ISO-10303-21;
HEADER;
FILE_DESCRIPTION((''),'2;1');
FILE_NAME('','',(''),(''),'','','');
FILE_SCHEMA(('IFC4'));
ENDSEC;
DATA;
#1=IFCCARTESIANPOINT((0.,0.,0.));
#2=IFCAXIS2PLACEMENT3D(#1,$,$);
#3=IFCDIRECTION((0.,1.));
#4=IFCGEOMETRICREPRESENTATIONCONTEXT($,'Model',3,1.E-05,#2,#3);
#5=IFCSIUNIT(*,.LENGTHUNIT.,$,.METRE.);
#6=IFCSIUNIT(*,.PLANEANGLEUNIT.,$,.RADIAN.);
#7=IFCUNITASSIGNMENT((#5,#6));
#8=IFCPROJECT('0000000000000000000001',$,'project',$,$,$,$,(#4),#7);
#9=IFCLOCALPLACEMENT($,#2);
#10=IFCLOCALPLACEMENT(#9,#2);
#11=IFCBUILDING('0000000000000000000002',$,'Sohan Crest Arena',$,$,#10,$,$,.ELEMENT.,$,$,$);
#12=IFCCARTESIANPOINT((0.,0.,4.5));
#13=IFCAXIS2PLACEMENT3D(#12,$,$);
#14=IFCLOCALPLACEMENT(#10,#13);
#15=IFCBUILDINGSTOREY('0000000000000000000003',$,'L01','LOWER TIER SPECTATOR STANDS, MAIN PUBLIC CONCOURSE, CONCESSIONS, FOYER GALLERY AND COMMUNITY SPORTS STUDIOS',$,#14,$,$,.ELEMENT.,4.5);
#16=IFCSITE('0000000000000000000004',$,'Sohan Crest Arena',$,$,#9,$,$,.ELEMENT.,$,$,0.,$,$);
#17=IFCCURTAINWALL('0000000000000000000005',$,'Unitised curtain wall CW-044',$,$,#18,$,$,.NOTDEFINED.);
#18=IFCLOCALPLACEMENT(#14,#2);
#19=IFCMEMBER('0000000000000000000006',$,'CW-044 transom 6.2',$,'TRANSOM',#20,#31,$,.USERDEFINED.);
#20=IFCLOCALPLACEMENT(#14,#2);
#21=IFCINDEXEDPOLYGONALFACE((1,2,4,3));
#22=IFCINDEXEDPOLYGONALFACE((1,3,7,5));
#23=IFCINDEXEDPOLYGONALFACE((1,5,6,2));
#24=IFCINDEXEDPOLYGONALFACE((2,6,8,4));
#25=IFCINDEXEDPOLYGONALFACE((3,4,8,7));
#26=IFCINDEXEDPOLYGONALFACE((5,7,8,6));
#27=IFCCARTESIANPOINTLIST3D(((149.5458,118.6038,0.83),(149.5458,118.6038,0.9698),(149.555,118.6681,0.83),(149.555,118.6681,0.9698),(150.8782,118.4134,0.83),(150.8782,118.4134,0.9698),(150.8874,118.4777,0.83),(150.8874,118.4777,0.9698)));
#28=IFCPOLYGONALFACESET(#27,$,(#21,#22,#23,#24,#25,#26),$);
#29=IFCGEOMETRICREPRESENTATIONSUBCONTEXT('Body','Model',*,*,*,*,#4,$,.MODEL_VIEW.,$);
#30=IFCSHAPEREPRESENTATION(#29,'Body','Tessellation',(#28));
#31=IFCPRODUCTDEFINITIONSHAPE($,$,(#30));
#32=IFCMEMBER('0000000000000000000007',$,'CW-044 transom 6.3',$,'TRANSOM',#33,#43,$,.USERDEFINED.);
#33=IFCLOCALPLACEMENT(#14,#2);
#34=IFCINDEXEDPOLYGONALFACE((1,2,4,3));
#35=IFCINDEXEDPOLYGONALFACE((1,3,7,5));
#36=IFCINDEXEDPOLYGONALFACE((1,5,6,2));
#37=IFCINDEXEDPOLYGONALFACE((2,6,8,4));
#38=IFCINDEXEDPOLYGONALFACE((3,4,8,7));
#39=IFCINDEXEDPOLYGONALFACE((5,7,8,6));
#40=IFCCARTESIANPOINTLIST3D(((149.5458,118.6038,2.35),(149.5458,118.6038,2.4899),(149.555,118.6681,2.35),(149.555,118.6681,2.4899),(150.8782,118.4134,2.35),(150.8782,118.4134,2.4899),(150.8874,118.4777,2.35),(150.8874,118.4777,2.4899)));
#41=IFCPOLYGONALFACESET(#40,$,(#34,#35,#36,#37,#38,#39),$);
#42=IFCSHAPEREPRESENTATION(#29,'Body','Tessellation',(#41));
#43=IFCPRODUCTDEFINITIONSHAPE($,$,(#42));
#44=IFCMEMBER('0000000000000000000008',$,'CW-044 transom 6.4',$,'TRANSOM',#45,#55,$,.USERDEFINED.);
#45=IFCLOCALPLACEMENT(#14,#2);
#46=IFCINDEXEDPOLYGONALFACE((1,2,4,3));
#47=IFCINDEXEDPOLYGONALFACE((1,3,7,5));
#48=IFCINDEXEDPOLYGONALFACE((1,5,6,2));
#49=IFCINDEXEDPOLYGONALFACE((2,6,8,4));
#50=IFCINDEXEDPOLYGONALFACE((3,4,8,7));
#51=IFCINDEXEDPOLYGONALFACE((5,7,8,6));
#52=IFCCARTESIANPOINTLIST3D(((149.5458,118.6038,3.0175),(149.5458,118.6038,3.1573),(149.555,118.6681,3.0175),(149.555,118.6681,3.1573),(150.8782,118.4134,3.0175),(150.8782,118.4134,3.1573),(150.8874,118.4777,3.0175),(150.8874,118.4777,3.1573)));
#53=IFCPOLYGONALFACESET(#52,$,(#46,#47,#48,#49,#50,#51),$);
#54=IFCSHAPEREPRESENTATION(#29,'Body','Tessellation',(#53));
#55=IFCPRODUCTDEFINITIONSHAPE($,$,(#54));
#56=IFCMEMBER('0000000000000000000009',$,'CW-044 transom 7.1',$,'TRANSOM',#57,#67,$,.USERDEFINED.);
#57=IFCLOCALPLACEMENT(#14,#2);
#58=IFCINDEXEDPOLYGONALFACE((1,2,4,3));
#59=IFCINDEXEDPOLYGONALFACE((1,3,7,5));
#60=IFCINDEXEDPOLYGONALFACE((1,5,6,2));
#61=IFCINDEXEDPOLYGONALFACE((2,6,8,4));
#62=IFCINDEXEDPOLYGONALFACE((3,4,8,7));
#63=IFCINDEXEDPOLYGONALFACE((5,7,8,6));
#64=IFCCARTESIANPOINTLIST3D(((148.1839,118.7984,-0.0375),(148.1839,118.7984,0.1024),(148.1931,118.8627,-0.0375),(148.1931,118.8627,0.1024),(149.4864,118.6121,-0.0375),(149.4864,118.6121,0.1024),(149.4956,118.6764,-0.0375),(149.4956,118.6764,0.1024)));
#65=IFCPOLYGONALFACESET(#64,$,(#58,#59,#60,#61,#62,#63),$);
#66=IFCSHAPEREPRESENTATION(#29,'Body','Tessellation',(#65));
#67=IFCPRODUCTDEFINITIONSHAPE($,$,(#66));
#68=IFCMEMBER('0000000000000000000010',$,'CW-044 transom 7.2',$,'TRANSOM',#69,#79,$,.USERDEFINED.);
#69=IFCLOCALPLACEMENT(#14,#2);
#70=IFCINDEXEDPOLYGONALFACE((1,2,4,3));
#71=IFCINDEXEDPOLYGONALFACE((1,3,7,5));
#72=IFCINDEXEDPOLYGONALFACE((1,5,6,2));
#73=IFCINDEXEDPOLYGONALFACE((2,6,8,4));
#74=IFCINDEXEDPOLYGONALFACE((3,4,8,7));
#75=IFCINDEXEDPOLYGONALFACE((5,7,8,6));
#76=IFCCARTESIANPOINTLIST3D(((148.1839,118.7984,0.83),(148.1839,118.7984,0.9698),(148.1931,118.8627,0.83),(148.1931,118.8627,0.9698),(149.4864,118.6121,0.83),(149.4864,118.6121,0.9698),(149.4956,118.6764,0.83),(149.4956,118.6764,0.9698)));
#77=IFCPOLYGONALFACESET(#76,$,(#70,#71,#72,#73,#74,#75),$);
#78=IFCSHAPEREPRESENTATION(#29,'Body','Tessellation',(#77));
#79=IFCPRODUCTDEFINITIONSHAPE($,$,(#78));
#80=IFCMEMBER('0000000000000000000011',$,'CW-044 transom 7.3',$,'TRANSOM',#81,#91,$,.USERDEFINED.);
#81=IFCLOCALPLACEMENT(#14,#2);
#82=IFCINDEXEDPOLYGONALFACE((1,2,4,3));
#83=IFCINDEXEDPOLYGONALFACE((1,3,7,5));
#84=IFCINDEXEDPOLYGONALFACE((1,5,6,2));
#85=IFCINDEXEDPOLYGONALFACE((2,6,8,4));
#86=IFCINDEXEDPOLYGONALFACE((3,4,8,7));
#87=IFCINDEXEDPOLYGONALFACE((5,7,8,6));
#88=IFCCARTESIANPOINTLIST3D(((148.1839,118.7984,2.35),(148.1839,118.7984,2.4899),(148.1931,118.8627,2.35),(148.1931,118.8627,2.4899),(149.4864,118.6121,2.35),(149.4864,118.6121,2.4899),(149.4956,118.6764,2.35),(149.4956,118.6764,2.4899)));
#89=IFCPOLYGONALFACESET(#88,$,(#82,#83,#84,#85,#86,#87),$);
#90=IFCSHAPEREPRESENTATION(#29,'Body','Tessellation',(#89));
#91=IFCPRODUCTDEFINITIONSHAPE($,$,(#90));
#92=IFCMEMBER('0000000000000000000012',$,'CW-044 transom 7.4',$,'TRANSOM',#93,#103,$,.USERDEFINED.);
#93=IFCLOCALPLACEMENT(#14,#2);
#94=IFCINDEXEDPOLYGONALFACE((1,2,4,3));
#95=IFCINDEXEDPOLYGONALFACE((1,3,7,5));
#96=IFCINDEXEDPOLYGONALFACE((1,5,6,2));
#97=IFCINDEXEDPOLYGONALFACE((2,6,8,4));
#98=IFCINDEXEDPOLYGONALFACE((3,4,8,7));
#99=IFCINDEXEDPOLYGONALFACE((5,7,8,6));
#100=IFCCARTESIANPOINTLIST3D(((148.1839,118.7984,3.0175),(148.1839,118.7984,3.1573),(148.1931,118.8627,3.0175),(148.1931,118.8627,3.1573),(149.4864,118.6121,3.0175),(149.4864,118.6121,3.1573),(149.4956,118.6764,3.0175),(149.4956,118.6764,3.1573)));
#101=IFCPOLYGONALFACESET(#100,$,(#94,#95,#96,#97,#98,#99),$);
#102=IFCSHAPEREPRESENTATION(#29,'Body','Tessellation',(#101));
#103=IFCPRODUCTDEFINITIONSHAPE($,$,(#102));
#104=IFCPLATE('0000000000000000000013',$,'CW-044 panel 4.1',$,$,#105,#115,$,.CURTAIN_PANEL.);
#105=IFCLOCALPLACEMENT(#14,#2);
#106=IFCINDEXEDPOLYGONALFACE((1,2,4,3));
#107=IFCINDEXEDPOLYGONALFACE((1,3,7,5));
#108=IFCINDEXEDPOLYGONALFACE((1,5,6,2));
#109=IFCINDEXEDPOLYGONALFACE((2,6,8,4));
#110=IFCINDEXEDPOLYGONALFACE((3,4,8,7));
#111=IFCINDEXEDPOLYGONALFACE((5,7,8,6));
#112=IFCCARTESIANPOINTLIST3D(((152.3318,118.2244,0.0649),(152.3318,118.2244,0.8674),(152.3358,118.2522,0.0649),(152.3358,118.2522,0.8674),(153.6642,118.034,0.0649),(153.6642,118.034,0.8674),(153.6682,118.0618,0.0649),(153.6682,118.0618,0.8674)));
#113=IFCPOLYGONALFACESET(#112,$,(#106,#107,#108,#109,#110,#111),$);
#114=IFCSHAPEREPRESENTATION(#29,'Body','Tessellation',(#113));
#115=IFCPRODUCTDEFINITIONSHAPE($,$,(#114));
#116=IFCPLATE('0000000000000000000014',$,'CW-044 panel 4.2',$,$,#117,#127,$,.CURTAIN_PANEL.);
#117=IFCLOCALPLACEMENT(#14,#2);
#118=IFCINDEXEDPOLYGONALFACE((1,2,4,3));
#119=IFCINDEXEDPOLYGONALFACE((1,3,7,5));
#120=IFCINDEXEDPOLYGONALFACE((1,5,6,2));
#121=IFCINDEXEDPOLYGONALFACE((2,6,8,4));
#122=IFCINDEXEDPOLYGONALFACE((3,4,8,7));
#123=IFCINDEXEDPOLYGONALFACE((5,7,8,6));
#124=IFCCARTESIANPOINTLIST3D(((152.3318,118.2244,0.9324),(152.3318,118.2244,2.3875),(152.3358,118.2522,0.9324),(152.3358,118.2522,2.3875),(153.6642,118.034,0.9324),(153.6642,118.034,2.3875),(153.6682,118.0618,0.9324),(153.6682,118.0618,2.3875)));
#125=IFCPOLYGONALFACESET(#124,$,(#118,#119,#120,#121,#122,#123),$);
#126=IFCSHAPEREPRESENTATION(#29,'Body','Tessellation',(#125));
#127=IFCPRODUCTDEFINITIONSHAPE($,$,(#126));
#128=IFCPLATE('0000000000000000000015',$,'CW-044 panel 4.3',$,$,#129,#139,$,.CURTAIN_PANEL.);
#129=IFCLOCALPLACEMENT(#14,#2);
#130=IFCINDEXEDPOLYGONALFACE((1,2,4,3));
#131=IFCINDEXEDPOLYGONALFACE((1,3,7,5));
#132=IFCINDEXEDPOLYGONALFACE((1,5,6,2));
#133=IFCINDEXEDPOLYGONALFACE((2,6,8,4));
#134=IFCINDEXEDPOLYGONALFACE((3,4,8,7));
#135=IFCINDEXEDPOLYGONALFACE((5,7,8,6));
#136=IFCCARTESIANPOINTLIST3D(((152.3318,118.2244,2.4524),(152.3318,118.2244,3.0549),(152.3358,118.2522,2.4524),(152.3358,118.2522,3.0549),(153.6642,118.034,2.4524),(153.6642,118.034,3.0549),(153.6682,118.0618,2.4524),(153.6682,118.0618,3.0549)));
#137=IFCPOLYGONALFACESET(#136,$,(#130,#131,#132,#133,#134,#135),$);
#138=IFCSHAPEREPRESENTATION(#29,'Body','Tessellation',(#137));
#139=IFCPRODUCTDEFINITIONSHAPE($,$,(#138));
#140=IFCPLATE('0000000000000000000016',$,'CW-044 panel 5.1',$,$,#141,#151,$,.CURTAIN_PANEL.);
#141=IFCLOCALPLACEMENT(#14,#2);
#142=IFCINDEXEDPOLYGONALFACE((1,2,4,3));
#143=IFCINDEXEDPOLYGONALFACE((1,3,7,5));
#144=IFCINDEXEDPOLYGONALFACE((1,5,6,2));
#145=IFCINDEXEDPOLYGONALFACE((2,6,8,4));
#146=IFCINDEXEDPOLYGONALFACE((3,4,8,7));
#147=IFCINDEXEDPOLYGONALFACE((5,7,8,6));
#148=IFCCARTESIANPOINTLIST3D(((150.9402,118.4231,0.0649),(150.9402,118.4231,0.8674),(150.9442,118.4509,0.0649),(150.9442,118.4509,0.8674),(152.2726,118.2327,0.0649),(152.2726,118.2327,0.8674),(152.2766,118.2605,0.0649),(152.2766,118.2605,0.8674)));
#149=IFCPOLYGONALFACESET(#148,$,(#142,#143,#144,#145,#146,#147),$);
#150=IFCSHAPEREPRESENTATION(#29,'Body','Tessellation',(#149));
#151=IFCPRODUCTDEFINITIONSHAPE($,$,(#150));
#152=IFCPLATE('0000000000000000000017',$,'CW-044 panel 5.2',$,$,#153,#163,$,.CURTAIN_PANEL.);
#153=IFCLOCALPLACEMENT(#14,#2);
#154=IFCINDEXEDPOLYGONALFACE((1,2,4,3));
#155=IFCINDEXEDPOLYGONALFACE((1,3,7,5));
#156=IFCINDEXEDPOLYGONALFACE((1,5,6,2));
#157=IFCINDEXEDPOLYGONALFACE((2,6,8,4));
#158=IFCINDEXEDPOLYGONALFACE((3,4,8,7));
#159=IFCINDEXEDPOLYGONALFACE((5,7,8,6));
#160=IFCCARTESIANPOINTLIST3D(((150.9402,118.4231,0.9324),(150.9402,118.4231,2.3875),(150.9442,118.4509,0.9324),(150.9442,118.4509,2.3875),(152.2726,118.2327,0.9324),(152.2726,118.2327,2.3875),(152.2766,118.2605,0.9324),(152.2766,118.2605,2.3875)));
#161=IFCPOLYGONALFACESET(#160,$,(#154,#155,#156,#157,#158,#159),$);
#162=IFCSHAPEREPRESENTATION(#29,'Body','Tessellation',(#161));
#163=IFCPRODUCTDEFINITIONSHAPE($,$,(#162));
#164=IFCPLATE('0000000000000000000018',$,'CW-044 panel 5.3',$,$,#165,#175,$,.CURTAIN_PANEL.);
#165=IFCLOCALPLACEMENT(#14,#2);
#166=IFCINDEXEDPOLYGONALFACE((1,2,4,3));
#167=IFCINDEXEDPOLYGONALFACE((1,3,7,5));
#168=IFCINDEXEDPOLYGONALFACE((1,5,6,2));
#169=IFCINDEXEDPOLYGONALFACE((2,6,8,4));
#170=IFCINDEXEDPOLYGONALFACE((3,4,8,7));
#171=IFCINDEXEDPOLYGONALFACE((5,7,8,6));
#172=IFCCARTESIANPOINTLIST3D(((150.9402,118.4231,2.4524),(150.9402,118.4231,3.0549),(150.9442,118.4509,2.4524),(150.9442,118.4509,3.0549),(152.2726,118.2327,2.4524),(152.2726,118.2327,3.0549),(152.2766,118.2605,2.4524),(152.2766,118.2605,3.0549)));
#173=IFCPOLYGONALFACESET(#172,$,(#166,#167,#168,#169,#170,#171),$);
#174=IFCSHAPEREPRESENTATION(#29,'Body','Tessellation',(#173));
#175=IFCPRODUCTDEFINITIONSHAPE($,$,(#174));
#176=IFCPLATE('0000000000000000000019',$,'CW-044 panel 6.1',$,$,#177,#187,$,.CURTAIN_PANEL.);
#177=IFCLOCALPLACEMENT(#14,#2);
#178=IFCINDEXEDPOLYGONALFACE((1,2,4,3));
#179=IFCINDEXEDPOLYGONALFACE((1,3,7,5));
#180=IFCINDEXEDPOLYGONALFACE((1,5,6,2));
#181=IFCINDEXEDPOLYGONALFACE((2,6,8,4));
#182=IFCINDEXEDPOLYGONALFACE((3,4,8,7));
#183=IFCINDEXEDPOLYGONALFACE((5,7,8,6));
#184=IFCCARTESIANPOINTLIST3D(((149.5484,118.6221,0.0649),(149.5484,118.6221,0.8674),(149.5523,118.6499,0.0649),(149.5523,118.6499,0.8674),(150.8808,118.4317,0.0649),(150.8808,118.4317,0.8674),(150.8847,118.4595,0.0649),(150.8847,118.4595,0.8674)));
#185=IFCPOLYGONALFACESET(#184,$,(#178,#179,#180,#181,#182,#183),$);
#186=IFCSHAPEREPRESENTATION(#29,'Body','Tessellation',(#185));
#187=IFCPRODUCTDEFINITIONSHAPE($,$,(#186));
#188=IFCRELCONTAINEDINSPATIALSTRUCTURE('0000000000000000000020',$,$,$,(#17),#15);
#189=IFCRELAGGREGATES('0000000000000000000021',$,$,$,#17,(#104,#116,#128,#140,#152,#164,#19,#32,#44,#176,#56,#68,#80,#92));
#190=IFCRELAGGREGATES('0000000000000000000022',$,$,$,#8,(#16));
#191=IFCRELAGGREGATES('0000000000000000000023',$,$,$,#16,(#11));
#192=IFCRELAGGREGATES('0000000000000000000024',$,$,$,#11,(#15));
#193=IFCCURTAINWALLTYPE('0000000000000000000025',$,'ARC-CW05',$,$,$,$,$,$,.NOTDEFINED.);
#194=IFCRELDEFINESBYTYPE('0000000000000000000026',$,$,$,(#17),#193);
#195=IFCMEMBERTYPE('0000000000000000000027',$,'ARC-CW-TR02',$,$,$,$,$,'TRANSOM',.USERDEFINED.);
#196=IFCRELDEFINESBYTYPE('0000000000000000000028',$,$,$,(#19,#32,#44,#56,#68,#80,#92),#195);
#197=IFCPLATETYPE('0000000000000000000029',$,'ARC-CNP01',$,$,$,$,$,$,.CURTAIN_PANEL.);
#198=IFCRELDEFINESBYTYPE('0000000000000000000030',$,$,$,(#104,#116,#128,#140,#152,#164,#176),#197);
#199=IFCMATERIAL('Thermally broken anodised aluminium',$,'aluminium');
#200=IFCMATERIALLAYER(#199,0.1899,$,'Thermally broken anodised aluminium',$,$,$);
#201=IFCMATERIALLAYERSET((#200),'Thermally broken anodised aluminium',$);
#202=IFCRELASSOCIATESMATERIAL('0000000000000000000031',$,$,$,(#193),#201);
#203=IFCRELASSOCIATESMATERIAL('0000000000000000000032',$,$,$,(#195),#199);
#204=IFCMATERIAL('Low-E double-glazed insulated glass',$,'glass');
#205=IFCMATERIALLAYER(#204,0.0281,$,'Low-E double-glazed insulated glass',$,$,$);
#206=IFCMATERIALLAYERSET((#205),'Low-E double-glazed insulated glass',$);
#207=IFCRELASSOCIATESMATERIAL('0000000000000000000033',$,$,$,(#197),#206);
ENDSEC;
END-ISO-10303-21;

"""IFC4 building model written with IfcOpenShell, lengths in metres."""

from ifc_helpers import new_model, si_unit, direction, frame, origin, origin_2d, place, context, subcontext, project, spatial, rectangle, extrude, material, layer, layer_set, material_profile, profile_set, type_object, element, aggregate, save


model = new_model("IFC4")

# Units and contexts
model_context = context("Model", 3, precision=1e-05, world=origin(), true_north=direction((0.0, 1.0)))
body_context = subcontext(model_context, "Body", "Model", "MODEL_VIEW")
ifc_project = project(units=[si_unit("LENGTHUNIT", "METRE"), si_unit("PLANEANGLEUNIT", "RADIAN")], contexts=[model_context])

# Site, building, storey
site_placement = place(None, origin())
site = spatial("IfcSite", under=ifc_project, at=site_placement, Name="Sohan Crest Arena", CompositionType="ELEMENT", RefElevation=0.0)
building_placement = place(site_placement, origin())
building = spatial("IfcBuilding", under=site, at=building_placement, Name="Sohan Crest Arena", CompositionType="ELEMENT")
storey_placement = place(building_placement, frame((0.0, 0.0, 4.5)))
storey = spatial("IfcBuildingStorey", under=building, at=storey_placement, Name="L01", Description="LOWER TIER SPECTATOR STANDS, MAIN PUBLIC CONCOURSE, CONCESSIONS, FOYER GALLERY AND COMMUNITY SPORTS STUDIOS", CompositionType="ELEMENT", Elevation=4.5)

# Curtain wall, members, plates
ifc_material_1 = material(Name="Thermally broken anodised aluminium", Category="aluminium")
ifc_layer_1 = layer(ifc_material_1, 0.1899, Name="Thermally broken anodised aluminium")
ifc_layer_set_1 = layer_set([ifc_layer_1], Name="Thermally broken anodised aluminium")
curtain_wall_type = type_object("IfcCurtainWallType", Name="ARC-CW05", PredefinedType="NOTDEFINED", material=ifc_layer_set_1)
curtain_wall_placement = place(storey_placement, origin())
curtain_wall = element("IfcCurtainWall", 1, at=curtain_wall_placement, inside=storey, type_object=curtain_wall_type, Name="Unitised curtain wall CW-044", PredefinedType="NOTDEFINED")
ifc_material_profile_1 = material_profile(ifc_material_1, rectangle(XDim=0.0649, YDim=0.1399, at=origin_2d()), Name="ALU-TRAN 65x140")
ifc_profile_set_1 = profile_set([ifc_material_profile_1], Name="Thermally broken anodised aluminium")
member_type_1 = type_object("IfcMemberType", Name="ARC-CW-TR02", ElementType="TRANSOM", PredefinedType="USERDEFINED", material=ifc_profile_set_1)
member_1_placement = place(storey_placement, frame((150.8828, 118.4456, 0.8999), z_axis=(-0.989942, 0.141472, 0.0), x_axis=(-0.141472, -0.989942, 0.0)))
member_1 = element("IfcMember", 2, at=member_1_placement, type_object=member_type_1, Name="CW-044 transom 6.2", ObjectType="TRANSOM", PredefinedType="USERDEFINED", context=body_context, shape_type="SweptSolid", body=[
    extrude(rectangle(XDim=0.0649, YDim=0.1399, at=origin_2d()), origin(), (0.0, 0.0, 1.0), 1.3459),
])
member_2_placement = place(storey_placement, frame((150.8828, 118.4456, 2.4199), z_axis=(-0.989942, 0.141472, 0.0), x_axis=(-0.141472, -0.989942, 0.0)))
member_2 = element("IfcMember", 3, at=member_2_placement, type_object=member_type_1, Name="CW-044 transom 6.3", ObjectType="TRANSOM", PredefinedType="USERDEFINED", context=body_context, shape_type="SweptSolid", body=[
    extrude(rectangle(XDim=0.0649, YDim=0.1399, at=origin_2d()), origin(), (0.0, 0.0, 1.0), 1.3459),
])
member_3_placement = place(storey_placement, frame((150.8828, 118.4456, 3.0874), z_axis=(-0.989942, 0.141472, 0.0), x_axis=(-0.141472, -0.989942, 0.0)))
member_3 = element("IfcMember", 4, at=member_3_placement, type_object=member_type_1, Name="CW-044 transom 6.4", ObjectType="TRANSOM", PredefinedType="USERDEFINED", context=body_context, shape_type="SweptSolid", body=[
    extrude(rectangle(XDim=0.0649, YDim=0.1399, at=origin_2d()), origin(), (0.0, 0.0, 1.0), 1.3459),
])
member_4_placement = place(storey_placement, frame((149.491, 118.6443, 0.0325), z_axis=(-0.989927, 0.141577, 0.0), x_axis=(-0.141577, -0.989927, 0.0)))
member_4 = element("IfcMember", 5, at=member_4_placement, type_object=member_type_1, Name="CW-044 transom 7.1", ObjectType="TRANSOM", PredefinedType="USERDEFINED", context=body_context, shape_type="SweptSolid", body=[
    extrude(rectangle(XDim=0.0649, YDim=0.1399, at=origin_2d()), origin(), (0.0, 0.0, 1.0), 1.3157),
])
member_5_placement = place(storey_placement, frame((149.491, 118.6443, 0.8999), z_axis=(-0.989927, 0.141577, 0.0), x_axis=(-0.141577, -0.989927, 0.0)))
member_5 = element("IfcMember", 6, at=member_5_placement, type_object=member_type_1, Name="CW-044 transom 7.2", ObjectType="TRANSOM", PredefinedType="USERDEFINED", context=body_context, shape_type="SweptSolid", body=[
    extrude(rectangle(XDim=0.0649, YDim=0.1399, at=origin_2d()), origin(), (0.0, 0.0, 1.0), 1.3157),
])
member_6_placement = place(storey_placement, frame((149.491, 118.6443, 2.4199), z_axis=(-0.989927, 0.141577, 0.0), x_axis=(-0.141577, -0.989927, 0.0)))
member_6 = element("IfcMember", 7, at=member_6_placement, type_object=member_type_1, Name="CW-044 transom 7.3", ObjectType="TRANSOM", PredefinedType="USERDEFINED", context=body_context, shape_type="SweptSolid", body=[
    extrude(rectangle(XDim=0.0649, YDim=0.1399, at=origin_2d()), origin(), (0.0, 0.0, 1.0), 1.3157),
])
member_7_placement = place(storey_placement, frame((149.491, 118.6443, 3.0874), z_axis=(-0.989927, 0.141577, 0.0), x_axis=(-0.141577, -0.989927, 0.0)))
member_7 = element("IfcMember", 8, at=member_7_placement, type_object=member_type_1, Name="CW-044 transom 7.4", ObjectType="TRANSOM", PredefinedType="USERDEFINED", context=body_context, shape_type="SweptSolid", body=[
    extrude(rectangle(XDim=0.0649, YDim=0.1399, at=origin_2d()), origin(), (0.0, 0.0, 1.0), 1.3157),
])
ifc_material_2 = material(Name="Low-E double-glazed insulated glass", Category="glass")
ifc_layer_2 = layer(ifc_material_2, 0.0281, Name="Low-E double-glazed insulated glass")
ifc_layer_set_2 = layer_set([ifc_layer_2], Name="Low-E double-glazed insulated glass")
plate_type = type_object("IfcPlateType", Name="ARC-CNP01", PredefinedType="CURTAIN_PANEL", material=ifc_layer_set_2)
plate_1_placement = place(storey_placement, frame((153.0, 118.1431, 0.0649), z_axis=(0.0, 0.0, 1.0), x_axis=(-0.989945, 0.14145, 0.0)))
plate_1 = element("IfcPlate", 9, at=plate_1_placement, type_object=plate_type, Name="CW-044 panel 4.1", PredefinedType="CURTAIN_PANEL", context=body_context, shape_type="SweptSolid", body=[
    extrude(rectangle(XDim=1.3459, YDim=0.0281, at=origin_2d()), origin(), (0.0, 0.0, 1.0), 0.8025),
])
plate_2_placement = place(storey_placement, frame((153.0, 118.1431, 0.9324), z_axis=(0.0, 0.0, 1.0), x_axis=(-0.989945, 0.14145, 0.0)))
plate_2 = element("IfcPlate", 10, at=plate_2_placement, type_object=plate_type, Name="CW-044 panel 4.2", PredefinedType="CURTAIN_PANEL", context=body_context, shape_type="SweptSolid", body=[
    extrude(rectangle(XDim=1.3459, YDim=0.0281, at=origin_2d()), origin(), (0.0, 0.0, 1.0), 1.4551),
])
plate_3_placement = place(storey_placement, frame((153.0, 118.1431, 2.4524), z_axis=(0.0, 0.0, 1.0), x_axis=(-0.989945, 0.14145, 0.0)))
plate_3 = element("IfcPlate", 11, at=plate_3_placement, type_object=plate_type, Name="CW-044 panel 4.3", PredefinedType="CURTAIN_PANEL", context=body_context, shape_type="SweptSolid", body=[
    extrude(rectangle(XDim=1.3459, YDim=0.0281, at=origin_2d()), origin(), (0.0, 0.0, 1.0), 0.6025),
])
plate_4_placement = place(storey_placement, frame((151.6084, 118.3418, 0.0649), z_axis=(0.0, 0.0, 1.0), x_axis=(-0.989945, 0.14145, 0.0)))
plate_4 = element("IfcPlate", 12, at=plate_4_placement, type_object=plate_type, Name="CW-044 panel 5.1", PredefinedType="CURTAIN_PANEL", context=body_context, shape_type="SweptSolid", body=[
    extrude(rectangle(XDim=1.3459, YDim=0.0281, at=origin_2d()), origin(), (0.0, 0.0, 1.0), 0.8025),
])
plate_5_placement = place(storey_placement, frame((151.6084, 118.3418, 0.9324), z_axis=(0.0, 0.0, 1.0), x_axis=(-0.989945, 0.14145, 0.0)))
plate_5 = element("IfcPlate", 13, at=plate_5_placement, type_object=plate_type, Name="CW-044 panel 5.2", PredefinedType="CURTAIN_PANEL", context=body_context, shape_type="SweptSolid", body=[
    extrude(rectangle(XDim=1.3459, YDim=0.0281, at=origin_2d()), origin(), (0.0, 0.0, 1.0), 1.4551),
])
plate_6_placement = place(storey_placement, frame((151.6084, 118.3418, 2.4524), z_axis=(0.0, 0.0, 1.0), x_axis=(-0.989945, 0.14145, 0.0)))
plate_6 = element("IfcPlate", 14, at=plate_6_placement, type_object=plate_type, Name="CW-044 panel 5.3", PredefinedType="CURTAIN_PANEL", context=body_context, shape_type="SweptSolid", body=[
    extrude(rectangle(XDim=1.3459, YDim=0.0281, at=origin_2d()), origin(), (0.0, 0.0, 1.0), 0.6025),
])
plate_7_placement = place(storey_placement, frame((150.2166, 118.5408, 0.0649), z_axis=(0.0, 0.0, 1.0), x_axis=(-0.989945, 0.14145, 0.0)))
plate_7 = element("IfcPlate", 15, at=plate_7_placement, type_object=plate_type, Name="CW-044 panel 6.1", PredefinedType="CURTAIN_PANEL", context=body_context, shape_type="SweptSolid", body=[
    extrude(rectangle(XDim=1.3459, YDim=0.0281, at=origin_2d()), origin(), (0.0, 0.0, 1.0), 0.8025),
])
aggregate(curtain_wall, [plate_1, plate_2, plate_3, plate_4, plate_5, plate_6, member_1, member_2, member_3, plate_7, member_4, member_5, member_6, member_7])

save(model, "model.ifc")
